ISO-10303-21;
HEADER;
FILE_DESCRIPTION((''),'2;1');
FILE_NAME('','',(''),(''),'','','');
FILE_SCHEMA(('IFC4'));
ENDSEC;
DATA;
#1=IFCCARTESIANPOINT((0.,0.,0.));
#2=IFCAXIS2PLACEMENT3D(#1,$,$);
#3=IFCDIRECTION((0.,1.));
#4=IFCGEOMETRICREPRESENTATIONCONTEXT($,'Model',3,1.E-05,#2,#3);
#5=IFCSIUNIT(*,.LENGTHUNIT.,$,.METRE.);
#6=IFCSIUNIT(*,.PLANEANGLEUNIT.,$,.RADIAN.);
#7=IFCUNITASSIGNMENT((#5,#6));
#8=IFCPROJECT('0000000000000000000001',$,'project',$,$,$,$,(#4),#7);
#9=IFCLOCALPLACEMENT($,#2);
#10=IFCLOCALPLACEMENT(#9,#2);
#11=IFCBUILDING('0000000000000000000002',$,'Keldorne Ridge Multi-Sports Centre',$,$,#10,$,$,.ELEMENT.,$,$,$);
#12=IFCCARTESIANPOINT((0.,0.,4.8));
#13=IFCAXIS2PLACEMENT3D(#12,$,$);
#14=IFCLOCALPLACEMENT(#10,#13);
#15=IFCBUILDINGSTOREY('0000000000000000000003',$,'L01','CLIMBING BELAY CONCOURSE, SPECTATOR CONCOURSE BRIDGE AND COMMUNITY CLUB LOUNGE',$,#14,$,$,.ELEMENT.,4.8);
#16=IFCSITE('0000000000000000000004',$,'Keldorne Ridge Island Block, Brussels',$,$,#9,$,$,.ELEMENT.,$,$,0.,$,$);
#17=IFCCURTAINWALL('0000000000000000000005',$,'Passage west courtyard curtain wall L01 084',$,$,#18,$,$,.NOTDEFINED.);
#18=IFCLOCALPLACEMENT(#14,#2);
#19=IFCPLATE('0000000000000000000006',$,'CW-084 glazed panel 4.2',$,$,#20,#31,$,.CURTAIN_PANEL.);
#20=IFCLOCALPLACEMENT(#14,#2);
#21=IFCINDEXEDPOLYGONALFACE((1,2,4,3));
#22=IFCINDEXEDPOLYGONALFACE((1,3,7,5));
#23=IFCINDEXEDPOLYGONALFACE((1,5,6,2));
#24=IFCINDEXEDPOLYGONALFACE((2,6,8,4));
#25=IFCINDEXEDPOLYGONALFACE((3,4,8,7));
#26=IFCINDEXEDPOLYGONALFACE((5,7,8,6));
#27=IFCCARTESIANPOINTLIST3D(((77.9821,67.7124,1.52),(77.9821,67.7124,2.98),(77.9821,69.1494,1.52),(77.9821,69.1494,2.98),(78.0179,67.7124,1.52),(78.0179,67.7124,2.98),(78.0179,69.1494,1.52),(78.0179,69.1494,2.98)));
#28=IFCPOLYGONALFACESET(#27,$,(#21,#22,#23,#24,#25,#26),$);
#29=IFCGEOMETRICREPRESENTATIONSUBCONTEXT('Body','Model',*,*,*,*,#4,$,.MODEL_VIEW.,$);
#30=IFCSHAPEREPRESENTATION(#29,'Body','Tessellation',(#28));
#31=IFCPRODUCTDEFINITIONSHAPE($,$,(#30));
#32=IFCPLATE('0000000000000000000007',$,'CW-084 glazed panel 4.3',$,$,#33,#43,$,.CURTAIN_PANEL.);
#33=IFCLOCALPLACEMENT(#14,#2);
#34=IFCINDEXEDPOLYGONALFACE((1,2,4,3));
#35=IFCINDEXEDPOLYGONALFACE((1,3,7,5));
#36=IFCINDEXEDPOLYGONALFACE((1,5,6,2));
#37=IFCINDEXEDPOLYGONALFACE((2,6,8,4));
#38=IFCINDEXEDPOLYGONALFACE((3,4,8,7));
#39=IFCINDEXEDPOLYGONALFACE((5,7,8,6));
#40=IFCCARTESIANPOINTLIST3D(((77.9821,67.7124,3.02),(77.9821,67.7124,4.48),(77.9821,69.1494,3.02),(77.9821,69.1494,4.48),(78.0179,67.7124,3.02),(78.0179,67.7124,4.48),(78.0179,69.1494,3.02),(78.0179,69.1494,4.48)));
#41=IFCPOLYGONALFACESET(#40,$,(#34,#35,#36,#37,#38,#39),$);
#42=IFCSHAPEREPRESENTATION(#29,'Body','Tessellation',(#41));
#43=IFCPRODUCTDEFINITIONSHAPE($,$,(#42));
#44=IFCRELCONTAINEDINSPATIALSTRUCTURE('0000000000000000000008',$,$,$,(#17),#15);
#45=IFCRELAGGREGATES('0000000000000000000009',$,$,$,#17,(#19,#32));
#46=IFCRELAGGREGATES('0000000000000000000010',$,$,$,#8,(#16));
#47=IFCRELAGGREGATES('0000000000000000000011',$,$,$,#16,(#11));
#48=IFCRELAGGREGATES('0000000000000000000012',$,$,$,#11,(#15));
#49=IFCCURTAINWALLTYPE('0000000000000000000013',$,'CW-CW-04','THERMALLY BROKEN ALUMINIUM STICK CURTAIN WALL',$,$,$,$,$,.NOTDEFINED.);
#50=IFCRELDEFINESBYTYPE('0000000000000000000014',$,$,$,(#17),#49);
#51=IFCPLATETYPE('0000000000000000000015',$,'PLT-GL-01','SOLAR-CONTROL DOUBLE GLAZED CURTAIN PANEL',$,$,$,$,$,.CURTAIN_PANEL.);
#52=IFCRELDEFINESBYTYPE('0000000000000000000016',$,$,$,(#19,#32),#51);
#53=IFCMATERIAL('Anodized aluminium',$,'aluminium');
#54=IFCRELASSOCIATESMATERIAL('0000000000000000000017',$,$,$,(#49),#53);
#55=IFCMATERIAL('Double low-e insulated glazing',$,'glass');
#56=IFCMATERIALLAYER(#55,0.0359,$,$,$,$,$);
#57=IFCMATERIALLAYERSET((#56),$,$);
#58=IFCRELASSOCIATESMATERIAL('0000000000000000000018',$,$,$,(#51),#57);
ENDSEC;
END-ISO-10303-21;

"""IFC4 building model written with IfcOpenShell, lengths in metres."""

from ifc_helpers import new_model, si_unit, direction, frame, origin, origin_2d, place, context, subcontext, project, spatial, rectangle, extrude, material, layer, layer_set, type_object, element, aggregate, save


model = new_model("IFC4")

# Units and contexts
model_context = context("Model", 3, precision=1e-05, world=origin(), true_north=direction((0.0, 1.0)))
body_context = subcontext(model_context, "Body", "Model", "MODEL_VIEW")
ifc_project = project(units=[si_unit("LENGTHUNIT", "METRE"), si_unit("PLANEANGLEUNIT", "RADIAN")], contexts=[model_context])

# Site, building, storey
site_placement = place(None, origin())
site = spatial("IfcSite", under=ifc_project, at=site_placement, Name="Keldorne Ridge Island Block, Brussels", CompositionType="ELEMENT", RefElevation=0.0)
building_placement = place(site_placement, origin())
building = spatial("IfcBuilding", under=site, at=building_placement, Name="Keldorne Ridge Multi-Sports Centre", CompositionType="ELEMENT")
storey_placement = place(building_placement, frame((0.0, 0.0, 4.8)))
storey = spatial("IfcBuildingStorey", under=building, at=storey_placement, Name="L01", Description="CLIMBING BELAY CONCOURSE, SPECTATOR CONCOURSE BRIDGE AND COMMUNITY CLUB LOUNGE", CompositionType="ELEMENT", Elevation=4.8)

# Curtain wall, plates
ifc_material_1 = material(Name="Anodized aluminium", Category="aluminium")
curtain_wall_type = type_object("IfcCurtainWallType", Name="CW-CW-04", Description="THERMALLY BROKEN ALUMINIUM STICK CURTAIN WALL", PredefinedType="NOTDEFINED", material=ifc_material_1)
curtain_wall_placement = place(storey_placement, origin())
curtain_wall = element("IfcCurtainWall", 1, at=curtain_wall_placement, inside=storey, type_object=curtain_wall_type, Name="Passage west courtyard curtain wall L01 084", PredefinedType="NOTDEFINED")
ifc_material_2 = material(Name="Double low-e insulated glazing", Category="glass")
ifc_layer = layer(ifc_material_2, 0.0359)
ifc_layer_set = layer_set([ifc_layer])
plate_type = type_object("IfcPlateType", Name="PLT-GL-01", Description="SOLAR-CONTROL DOUBLE GLAZED CURTAIN PANEL", PredefinedType="CURTAIN_PANEL", material=ifc_layer_set)
plate_1_placement = place(storey_placement, frame((78.0, 68.4309, 1.52), z_axis=(0.0, 0.0, 1.0), x_axis=(0.0, -1.0, 0.0)))
plate_1 = element("IfcPlate", 2, at=plate_1_placement, type_object=plate_type, Name="CW-084 glazed panel 4.2", PredefinedType="CURTAIN_PANEL", context=body_context, shape_type="SweptSolid", body=[
    extrude(rectangle(XDim=1.437, YDim=0.0359, at=origin_2d()), origin(), (0.0, 0.0, 1.0), 1.46),
])
plate_2_placement = place(storey_placement, frame((78.0, 68.4309, 3.02), z_axis=(0.0, 0.0, 1.0), x_axis=(0.0, -1.0, 0.0)))
plate_2 = element("IfcPlate", 3, at=plate_2_placement, type_object=plate_type, Name="CW-084 glazed panel 4.3", PredefinedType="CURTAIN_PANEL", context=body_context, shape_type="SweptSolid", body=[
    extrude(rectangle(XDim=1.437, YDim=0.0359, at=origin_2d()), origin(), (0.0, 0.0, 1.0), 1.46),
])
aggregate(curtain_wall, [plate_1, plate_2])

save(model, "model.ifc")
